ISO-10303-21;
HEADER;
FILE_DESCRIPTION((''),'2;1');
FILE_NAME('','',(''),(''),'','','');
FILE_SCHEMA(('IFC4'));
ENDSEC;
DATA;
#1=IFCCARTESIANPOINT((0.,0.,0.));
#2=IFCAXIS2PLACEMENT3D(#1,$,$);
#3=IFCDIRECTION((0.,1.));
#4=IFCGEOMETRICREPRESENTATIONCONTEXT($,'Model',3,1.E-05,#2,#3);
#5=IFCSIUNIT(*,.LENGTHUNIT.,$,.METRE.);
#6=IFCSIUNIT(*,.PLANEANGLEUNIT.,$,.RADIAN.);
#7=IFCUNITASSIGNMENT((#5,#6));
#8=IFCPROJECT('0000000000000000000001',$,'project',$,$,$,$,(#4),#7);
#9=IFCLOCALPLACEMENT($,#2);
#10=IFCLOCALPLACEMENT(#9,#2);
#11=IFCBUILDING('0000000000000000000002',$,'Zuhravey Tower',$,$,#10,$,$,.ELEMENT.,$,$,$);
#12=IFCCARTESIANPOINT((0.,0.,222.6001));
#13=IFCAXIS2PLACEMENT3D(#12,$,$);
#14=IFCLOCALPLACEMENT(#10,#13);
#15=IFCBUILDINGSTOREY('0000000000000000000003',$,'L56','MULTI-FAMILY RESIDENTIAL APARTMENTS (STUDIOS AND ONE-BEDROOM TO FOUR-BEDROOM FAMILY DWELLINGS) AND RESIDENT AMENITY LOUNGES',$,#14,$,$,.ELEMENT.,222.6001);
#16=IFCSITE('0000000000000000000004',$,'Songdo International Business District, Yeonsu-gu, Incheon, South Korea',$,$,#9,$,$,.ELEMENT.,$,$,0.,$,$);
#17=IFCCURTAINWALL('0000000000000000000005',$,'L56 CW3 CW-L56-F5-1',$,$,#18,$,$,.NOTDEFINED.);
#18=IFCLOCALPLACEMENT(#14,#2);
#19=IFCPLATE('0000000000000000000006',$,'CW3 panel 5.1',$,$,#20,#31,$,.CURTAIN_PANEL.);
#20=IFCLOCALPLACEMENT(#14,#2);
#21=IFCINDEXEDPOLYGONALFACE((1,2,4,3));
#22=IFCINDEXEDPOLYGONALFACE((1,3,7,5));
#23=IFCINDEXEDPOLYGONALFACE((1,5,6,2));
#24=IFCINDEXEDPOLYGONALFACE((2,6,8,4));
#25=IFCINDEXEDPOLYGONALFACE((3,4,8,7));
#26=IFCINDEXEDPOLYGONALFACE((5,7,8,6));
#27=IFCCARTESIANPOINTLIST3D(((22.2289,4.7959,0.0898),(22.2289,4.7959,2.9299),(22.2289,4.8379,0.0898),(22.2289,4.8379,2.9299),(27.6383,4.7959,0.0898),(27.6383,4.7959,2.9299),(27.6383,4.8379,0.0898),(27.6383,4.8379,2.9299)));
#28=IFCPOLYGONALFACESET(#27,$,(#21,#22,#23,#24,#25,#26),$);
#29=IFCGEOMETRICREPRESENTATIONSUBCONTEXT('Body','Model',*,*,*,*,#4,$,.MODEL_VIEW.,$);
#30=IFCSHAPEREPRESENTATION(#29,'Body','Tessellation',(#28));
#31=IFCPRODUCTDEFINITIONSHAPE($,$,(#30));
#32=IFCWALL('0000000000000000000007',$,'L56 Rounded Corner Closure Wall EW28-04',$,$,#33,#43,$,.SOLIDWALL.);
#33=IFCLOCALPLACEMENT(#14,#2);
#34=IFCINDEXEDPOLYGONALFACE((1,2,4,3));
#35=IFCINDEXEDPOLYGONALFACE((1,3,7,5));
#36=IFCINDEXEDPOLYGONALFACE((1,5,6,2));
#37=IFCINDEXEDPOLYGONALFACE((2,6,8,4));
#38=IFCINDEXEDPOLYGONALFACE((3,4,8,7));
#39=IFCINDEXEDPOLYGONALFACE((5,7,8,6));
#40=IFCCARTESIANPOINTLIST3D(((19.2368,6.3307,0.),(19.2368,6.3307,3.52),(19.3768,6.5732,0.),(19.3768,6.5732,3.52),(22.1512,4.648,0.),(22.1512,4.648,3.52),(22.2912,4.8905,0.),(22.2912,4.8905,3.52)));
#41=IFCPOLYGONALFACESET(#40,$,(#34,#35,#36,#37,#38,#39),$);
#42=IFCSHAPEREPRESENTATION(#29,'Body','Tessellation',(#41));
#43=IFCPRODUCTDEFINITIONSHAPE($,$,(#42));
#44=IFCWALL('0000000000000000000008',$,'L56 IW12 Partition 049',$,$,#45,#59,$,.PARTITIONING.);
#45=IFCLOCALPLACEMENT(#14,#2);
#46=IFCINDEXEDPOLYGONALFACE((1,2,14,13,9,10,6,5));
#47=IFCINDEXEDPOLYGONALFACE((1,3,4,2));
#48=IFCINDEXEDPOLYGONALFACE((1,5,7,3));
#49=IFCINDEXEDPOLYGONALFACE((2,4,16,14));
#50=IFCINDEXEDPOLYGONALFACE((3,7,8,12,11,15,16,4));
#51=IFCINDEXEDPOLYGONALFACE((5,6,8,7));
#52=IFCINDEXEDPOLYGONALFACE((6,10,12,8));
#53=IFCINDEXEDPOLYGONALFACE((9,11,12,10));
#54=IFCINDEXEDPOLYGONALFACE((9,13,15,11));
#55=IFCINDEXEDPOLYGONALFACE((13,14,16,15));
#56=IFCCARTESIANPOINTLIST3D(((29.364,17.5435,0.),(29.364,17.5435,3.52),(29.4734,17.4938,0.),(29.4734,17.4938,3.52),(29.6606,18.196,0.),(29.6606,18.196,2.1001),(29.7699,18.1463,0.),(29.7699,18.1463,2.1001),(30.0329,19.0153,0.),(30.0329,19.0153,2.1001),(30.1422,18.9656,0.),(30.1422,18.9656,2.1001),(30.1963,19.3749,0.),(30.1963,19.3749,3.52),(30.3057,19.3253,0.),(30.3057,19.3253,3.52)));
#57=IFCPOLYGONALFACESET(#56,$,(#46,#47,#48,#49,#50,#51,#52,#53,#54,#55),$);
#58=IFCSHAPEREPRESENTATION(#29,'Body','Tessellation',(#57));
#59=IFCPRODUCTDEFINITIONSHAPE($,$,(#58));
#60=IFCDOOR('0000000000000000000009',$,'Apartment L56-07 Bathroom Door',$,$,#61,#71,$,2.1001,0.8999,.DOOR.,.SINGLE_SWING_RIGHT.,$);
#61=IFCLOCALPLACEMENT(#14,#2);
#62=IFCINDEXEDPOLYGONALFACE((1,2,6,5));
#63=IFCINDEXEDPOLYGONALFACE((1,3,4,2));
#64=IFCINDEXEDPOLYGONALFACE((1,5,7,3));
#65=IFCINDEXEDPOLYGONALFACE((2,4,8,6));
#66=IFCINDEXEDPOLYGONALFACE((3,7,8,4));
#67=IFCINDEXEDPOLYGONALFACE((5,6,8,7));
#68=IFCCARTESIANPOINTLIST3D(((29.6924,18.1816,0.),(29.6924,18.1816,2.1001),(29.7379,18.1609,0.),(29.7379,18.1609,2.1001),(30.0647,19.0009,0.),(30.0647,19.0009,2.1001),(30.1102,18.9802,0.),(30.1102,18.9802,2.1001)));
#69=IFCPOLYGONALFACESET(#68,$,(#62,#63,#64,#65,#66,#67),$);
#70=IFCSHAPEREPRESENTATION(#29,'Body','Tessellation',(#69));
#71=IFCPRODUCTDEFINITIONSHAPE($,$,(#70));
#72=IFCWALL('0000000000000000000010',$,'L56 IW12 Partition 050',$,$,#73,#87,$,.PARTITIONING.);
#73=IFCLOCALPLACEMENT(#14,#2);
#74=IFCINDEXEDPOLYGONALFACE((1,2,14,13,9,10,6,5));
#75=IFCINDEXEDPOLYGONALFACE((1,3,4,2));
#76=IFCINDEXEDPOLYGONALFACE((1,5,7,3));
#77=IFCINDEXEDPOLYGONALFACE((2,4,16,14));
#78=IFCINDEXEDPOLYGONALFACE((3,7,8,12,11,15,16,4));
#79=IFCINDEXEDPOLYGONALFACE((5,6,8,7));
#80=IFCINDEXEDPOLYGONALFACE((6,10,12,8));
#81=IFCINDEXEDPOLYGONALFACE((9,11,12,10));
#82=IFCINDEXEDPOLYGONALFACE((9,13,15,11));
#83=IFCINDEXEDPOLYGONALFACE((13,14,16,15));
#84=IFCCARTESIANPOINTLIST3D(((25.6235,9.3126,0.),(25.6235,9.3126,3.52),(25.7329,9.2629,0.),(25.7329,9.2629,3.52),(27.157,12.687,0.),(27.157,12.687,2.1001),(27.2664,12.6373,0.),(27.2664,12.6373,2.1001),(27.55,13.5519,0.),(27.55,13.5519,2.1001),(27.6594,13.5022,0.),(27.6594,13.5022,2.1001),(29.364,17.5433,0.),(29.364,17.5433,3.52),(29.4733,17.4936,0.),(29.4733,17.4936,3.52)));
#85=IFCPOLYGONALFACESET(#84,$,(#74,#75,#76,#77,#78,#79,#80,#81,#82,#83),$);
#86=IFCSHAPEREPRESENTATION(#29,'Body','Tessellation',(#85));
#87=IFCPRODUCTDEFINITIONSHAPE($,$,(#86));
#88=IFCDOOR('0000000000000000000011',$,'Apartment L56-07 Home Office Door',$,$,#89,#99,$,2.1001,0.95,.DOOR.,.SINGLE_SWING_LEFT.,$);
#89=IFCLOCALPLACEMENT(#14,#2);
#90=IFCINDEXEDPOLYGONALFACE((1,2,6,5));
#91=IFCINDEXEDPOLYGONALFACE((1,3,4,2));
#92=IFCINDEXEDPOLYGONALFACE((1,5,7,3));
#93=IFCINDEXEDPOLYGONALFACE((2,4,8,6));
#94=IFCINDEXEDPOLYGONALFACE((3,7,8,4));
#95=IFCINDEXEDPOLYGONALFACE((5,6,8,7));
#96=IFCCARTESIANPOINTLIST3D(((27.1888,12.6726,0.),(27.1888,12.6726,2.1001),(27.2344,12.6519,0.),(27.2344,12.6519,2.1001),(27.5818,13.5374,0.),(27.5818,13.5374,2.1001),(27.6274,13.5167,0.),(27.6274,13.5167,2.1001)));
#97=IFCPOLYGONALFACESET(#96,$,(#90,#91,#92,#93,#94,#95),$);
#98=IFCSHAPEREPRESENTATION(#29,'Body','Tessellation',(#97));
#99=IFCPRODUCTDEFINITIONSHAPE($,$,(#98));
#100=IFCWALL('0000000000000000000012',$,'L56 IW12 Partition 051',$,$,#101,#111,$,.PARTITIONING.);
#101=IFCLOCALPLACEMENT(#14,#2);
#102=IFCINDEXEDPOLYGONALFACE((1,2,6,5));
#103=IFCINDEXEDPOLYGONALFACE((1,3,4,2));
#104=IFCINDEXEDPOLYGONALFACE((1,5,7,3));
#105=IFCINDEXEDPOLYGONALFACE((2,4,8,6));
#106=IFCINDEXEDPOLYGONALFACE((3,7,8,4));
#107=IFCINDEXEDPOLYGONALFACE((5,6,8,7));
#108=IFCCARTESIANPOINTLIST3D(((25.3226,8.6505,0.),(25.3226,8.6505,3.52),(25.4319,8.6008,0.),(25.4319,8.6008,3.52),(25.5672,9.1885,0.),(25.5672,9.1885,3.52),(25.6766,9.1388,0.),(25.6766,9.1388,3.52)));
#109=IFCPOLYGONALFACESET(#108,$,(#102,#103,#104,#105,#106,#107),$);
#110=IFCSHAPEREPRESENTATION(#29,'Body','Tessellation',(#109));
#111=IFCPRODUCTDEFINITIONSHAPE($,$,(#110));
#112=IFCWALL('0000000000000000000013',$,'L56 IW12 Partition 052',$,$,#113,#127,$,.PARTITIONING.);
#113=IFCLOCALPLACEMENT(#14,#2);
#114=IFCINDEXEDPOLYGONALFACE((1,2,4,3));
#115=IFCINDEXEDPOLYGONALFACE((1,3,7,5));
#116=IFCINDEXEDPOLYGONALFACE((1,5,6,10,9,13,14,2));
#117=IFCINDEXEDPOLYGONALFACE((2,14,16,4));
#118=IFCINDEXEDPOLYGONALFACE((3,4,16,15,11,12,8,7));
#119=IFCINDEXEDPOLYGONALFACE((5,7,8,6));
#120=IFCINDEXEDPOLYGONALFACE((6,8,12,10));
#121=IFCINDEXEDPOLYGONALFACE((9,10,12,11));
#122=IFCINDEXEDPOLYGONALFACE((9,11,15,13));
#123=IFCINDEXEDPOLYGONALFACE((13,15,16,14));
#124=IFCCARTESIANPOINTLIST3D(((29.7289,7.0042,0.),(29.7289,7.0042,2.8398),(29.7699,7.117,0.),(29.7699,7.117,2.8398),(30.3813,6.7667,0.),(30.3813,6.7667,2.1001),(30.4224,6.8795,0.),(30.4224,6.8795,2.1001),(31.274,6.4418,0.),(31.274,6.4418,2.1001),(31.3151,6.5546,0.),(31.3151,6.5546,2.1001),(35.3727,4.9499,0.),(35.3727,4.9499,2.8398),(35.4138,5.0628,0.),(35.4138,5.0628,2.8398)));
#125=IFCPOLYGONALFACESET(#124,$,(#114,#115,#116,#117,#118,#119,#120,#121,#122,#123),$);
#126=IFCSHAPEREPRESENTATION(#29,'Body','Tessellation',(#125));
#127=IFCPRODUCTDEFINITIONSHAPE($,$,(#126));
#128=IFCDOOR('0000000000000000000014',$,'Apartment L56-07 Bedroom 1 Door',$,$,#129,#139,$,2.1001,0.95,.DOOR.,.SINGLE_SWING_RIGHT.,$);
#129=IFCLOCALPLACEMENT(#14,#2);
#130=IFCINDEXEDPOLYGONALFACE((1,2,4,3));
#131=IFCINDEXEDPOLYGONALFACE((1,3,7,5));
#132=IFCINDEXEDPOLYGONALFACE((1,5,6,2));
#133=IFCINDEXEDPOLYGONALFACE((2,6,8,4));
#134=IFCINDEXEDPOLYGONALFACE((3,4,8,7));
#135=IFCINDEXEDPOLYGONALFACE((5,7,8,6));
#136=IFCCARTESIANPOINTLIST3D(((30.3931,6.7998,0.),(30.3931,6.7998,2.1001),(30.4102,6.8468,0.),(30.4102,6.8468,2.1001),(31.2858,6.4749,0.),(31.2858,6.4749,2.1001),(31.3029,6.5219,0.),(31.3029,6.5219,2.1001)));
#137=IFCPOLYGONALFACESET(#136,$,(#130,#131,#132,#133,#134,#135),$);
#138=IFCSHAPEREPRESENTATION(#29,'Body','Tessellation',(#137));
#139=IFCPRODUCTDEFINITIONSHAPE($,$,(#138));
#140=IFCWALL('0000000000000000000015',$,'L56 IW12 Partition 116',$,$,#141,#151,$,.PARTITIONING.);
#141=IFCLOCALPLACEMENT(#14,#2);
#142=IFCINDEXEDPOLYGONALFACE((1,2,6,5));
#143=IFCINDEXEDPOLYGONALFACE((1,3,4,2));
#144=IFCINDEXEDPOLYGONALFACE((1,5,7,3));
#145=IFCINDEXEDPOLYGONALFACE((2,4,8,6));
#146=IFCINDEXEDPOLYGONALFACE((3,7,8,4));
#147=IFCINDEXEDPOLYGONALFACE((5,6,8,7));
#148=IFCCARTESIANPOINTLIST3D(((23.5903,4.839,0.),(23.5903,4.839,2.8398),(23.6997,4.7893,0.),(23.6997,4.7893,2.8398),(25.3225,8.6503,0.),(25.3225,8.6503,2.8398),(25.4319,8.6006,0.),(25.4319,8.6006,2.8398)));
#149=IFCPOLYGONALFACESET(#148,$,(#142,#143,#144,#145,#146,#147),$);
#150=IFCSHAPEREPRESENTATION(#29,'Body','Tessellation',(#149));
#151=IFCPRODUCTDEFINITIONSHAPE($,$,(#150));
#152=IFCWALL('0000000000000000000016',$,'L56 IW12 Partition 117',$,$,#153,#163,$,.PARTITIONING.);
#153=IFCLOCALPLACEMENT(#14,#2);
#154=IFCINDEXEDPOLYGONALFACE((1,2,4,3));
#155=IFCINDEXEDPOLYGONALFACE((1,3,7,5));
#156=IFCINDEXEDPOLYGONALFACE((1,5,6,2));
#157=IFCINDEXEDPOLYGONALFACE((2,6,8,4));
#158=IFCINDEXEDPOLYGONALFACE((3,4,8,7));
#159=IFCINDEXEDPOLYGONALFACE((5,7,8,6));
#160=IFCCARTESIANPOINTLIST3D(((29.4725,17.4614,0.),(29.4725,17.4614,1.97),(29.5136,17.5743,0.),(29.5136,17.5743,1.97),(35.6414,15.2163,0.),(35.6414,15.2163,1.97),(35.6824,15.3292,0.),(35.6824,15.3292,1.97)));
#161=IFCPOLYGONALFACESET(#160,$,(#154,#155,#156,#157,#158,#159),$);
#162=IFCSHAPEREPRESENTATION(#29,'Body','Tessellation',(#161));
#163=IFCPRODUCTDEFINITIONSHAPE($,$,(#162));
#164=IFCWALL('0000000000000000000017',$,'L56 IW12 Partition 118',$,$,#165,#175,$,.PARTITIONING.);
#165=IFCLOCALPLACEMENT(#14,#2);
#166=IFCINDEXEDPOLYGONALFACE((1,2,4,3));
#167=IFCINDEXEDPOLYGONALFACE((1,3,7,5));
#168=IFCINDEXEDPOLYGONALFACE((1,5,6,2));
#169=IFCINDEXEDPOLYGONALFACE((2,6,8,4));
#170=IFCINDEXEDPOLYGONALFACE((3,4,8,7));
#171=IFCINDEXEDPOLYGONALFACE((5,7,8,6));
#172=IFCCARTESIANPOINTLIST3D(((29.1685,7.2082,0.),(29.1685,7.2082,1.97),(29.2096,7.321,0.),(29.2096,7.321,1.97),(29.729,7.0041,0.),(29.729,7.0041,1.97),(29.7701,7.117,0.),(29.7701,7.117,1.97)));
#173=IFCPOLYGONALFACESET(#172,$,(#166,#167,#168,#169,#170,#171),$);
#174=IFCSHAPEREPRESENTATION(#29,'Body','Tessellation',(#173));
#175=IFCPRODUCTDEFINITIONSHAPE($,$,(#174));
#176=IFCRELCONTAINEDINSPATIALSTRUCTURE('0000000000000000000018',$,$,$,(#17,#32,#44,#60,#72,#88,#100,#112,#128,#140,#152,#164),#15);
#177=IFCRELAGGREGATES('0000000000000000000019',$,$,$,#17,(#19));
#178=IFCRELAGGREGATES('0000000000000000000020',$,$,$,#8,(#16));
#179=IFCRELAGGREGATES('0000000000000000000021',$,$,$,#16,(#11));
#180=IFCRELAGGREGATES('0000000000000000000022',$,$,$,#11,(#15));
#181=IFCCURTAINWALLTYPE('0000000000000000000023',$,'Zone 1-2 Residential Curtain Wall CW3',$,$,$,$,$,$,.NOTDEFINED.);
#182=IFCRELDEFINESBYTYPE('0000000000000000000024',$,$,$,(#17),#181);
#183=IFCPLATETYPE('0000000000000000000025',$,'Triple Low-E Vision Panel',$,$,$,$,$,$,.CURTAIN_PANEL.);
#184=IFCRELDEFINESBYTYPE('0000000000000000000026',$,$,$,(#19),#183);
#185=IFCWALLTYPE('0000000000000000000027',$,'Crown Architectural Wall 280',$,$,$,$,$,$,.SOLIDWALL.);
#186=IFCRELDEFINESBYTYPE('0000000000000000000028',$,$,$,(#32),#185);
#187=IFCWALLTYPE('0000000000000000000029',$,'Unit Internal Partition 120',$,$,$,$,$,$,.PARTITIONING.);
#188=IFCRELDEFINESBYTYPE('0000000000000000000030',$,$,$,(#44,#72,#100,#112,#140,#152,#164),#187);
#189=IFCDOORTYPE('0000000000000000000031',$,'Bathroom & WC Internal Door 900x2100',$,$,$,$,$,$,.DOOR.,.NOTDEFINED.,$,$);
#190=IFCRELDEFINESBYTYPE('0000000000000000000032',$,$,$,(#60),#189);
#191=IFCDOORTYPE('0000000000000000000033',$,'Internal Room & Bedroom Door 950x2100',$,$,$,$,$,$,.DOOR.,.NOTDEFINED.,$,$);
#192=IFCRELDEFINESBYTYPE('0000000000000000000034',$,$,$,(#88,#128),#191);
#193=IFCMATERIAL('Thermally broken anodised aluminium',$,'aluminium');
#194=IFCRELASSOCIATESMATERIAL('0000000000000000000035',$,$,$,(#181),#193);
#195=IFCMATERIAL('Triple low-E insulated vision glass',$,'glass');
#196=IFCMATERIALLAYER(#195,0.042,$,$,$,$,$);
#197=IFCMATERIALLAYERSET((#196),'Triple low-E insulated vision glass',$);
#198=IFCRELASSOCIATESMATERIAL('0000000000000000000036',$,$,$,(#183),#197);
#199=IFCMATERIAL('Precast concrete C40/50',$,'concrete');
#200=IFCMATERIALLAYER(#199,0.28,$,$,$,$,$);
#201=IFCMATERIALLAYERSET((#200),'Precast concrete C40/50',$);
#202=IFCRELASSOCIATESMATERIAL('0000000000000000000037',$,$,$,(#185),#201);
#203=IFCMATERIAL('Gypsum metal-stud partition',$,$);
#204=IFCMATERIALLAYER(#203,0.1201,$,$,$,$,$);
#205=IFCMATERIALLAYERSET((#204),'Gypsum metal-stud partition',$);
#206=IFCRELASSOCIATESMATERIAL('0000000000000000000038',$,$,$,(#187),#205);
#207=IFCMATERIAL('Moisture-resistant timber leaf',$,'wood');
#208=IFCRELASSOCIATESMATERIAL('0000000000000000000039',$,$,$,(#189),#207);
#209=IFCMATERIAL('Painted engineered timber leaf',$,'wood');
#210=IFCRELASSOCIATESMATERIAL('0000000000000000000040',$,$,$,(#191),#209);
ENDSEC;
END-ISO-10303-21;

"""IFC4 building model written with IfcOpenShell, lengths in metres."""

from ifc_helpers import new_model, si_unit, direction, frame, frame_2d, origin, origin_2d, place, context, subcontext, project, spatial, rectangle, extrude, material, layer, layer_set, type_object, element, fill, aggregate, save


model = new_model("IFC4")

# Units and contexts
model_context = context("Model", 3, precision=1e-05, world=origin(), true_north=direction((0.0, 1.0)))
body_context = subcontext(model_context, "Body", "Model", "MODEL_VIEW")
ifc_project = project(units=[si_unit("LENGTHUNIT", "METRE"), si_unit("PLANEANGLEUNIT", "RADIAN")], contexts=[model_context])

# Site, building, storey
site_placement = place(None, origin())
site = spatial("IfcSite", under=ifc_project, at=site_placement, Name="Songdo International Business District, Yeonsu-gu, Incheon, South Korea", CompositionType="ELEMENT", RefElevation=0.0)
building_placement = place(site_placement, origin())
building = spatial("IfcBuilding", under=site, at=building_placement, Name="Zuhravey Tower", CompositionType="ELEMENT")
storey_placement = place(building_placement, frame((0.0, 0.0, 222.6001)))
storey = spatial("IfcBuildingStorey", under=building, at=storey_placement, Name="L56", Description="MULTI-FAMILY RESIDENTIAL APARTMENTS (STUDIOS AND ONE-BEDROOM TO FOUR-BEDROOM FAMILY DWELLINGS) AND RESIDENT AMENITY LOUNGES", CompositionType="ELEMENT", Elevation=222.6001)

# Curtain wall
ifc_material_1 = material(Name="Thermally broken anodised aluminium", Category="aluminium")
curtain_wall_type = type_object("IfcCurtainWallType", Name="Zone 1-2 Residential Curtain Wall CW3", PredefinedType="NOTDEFINED", material=ifc_material_1)
curtain_wall_placement = place(storey_placement, origin())
curtain_wall = element("IfcCurtainWall", 1, at=curtain_wall_placement, inside=storey, type_object=curtain_wall_type, Name="L56 CW3 CW-L56-F5-1", PredefinedType="NOTDEFINED")

# Plate
ifc_material_2 = material(Name="Triple low-E insulated vision glass", Category="glass")
ifc_layer_1 = layer(ifc_material_2, 0.042)
ifc_layer_set_1 = layer_set([ifc_layer_1], Name="Triple low-E insulated vision glass")
plate_type_1 = type_object("IfcPlateType", Name="Triple Low-E Vision Panel", PredefinedType="CURTAIN_PANEL", material=ifc_layer_set_1)
plate_1_placement = place(storey_placement, frame((24.9336, 4.8169, 0.0898), z_axis=(0.0, 0.0, 1.0), x_axis=(-1.0, 0.0, 0.0)))
plate_1 = element("IfcPlate", 2, at=plate_1_placement, type_object=plate_type_1, Name="CW3 panel 5.1", PredefinedType="CURTAIN_PANEL", context=body_context, shape_type="SweptSolid", body=[
    extrude(rectangle(XDim=5.4094, YDim=0.042, at=origin_2d()), origin(), (0.0, 0.0, 1.0), 2.8401),
])
aggregate(curtain_wall, [plate_1])

# Wall
ifc_material_3 = material(Name="Precast concrete C40/50", Category="concrete")
ifc_layer_2 = layer(ifc_material_3, 0.28)
ifc_layer_set_2 = layer_set([ifc_layer_2], Name="Precast concrete C40/50")
wall_type_1 = type_object("IfcWallType", Name="Crown Architectural Wall 280", PredefinedType="SOLIDWALL", material=ifc_layer_set_2)
wall_1_placement = place(storey_placement, frame((22.2212, 4.7693, 0.0), z_axis=(0.0, 0.0, 1.0), x_axis=(-0.86602, 0.500009, 0.0)))
element("IfcWall", 3, at=wall_1_placement, inside=storey, type_object=wall_type_1, Name="L56 Rounded Corner Closure Wall EW28-04", PredefinedType="SOLIDWALL", context=body_context, shape_type="SweptSolid", body=[
    extrude(rectangle(XDim=3.3652, YDim=0.28, at=frame_2d((1.6826, 0.0))), origin(), (0.0, 0.0, 1.0), 3.52),
])

# Walls, openings, doors
ifc_material_4 = material(Name="Gypsum metal-stud partition")
ifc_layer_3 = layer(ifc_material_4, 0.1201)
ifc_layer_set_3 = layer_set([ifc_layer_3], Name="Gypsum metal-stud partition")
wall_type_2 = type_object("IfcWallType", Name="Unit Internal Partition 120", PredefinedType="PARTITIONING", material=ifc_layer_set_3)
wall_2_placement = place(storey_placement, frame((30.251, 19.3501, 0.0), z_axis=(0.0, 0.0, 1.0), x_axis=(-0.413702, -0.910412, 0.0)))
wall_2 = element("IfcWall", 4, at=wall_2_placement, inside=storey, type_object=wall_type_2, Name="L56 IW12 Partition 049", PredefinedType="PARTITIONING", context=body_context, shape_type="SweptSolid", body=[
    extrude(rectangle(XDim=2.0117, YDim=0.1201, at=frame_2d((1.0059, 0.0))), origin(), (0.0, 0.0, 1.0), 3.52),
])
opening_1_placement = place(wall_2_placement, frame((0.395, 0.0, 0.0)))
opening_1 = element("IfcOpeningElement", 5, at=opening_1_placement, cuts=wall_2, PredefinedType="OPENING", context=body_context, shape_type="SweptSolid", body=[
    extrude(rectangle(XDim=0.8999, YDim=2.1001, at=frame_2d((0.45, 1.05))), frame((0.0, 0.072, 0.0), z_axis=(0.0, -1.0, 0.0), x_axis=(1.0, 0.0, 0.0)), (0.0, 0.0, 1.0), 0.144),
])
ifc_material_5 = material(Name="Moisture-resistant timber leaf", Category="wood")
door_type_1 = type_object("IfcDoorType", Name="Bathroom & WC Internal Door 900x2100", OperationType="NOTDEFINED", PredefinedType="DOOR", material=ifc_material_5)
door_1_placement = place(opening_1_placement, origin())
door_1 = element("IfcDoor", 6, at=door_1_placement, inside=storey, type_object=door_type_1, Name="Apartment L56-07 Bathroom Door", OperationType="SINGLE_SWING_RIGHT", OverallHeight=2.1001, OverallWidth=0.8999, PredefinedType="DOOR", context=body_context, shape_type="SweptSolid", body=[
    extrude(rectangle(XDim=0.8999, YDim=2.1001, at=frame_2d((0.45, 1.05))), frame((0.0, 0.0249, 0.0), z_axis=(0.0, -1.0, 0.0), x_axis=(1.0, 0.0, 0.0)), (0.0, 0.0, 1.0), 0.05),
])
fill(opening_1, door_1)
wall_3_placement = place(storey_placement, frame((29.4187, 17.5186, 0.0), z_axis=(0.0, 0.0, 1.0), x_axis=(-0.413734, -0.910398, 0.0)))
wall_3 = element("IfcWall", 7, at=wall_3_placement, inside=storey, type_object=wall_type_2, Name="L56 IW12 Partition 050", PredefinedType="PARTITIONING", context=body_context, shape_type="SweptSolid", body=[
    extrude(rectangle(XDim=9.0408, YDim=0.1201, at=frame_2d((4.5205, 0.0))), origin(), (0.0, 0.0, 1.0), 3.52),
])
opening_2_placement = place(wall_3_placement, frame((4.3843, 0.0, 0.0)))
opening_2 = element("IfcOpeningElement", 8, at=opening_2_placement, cuts=wall_3, PredefinedType="OPENING", context=body_context, shape_type="SweptSolid", body=[
    extrude(rectangle(XDim=0.95, YDim=2.1001, at=frame_2d((0.4751, 1.05))), frame((0.0, 0.072, 0.0), z_axis=(0.0, -1.0, 0.0), x_axis=(1.0, 0.0, 0.0)), (0.0, 0.0, 1.0), 0.144),
])
ifc_material_6 = material(Name="Painted engineered timber leaf", Category="wood")
door_type_2 = type_object("IfcDoorType", Name="Internal Room & Bedroom Door 950x2100", OperationType="NOTDEFINED", PredefinedType="DOOR", material=ifc_material_6)
door_2_placement = place(opening_2_placement, origin())
door_2 = element("IfcDoor", 9, at=door_2_placement, inside=storey, type_object=door_type_2, Name="Apartment L56-07 Home Office Door", OperationType="SINGLE_SWING_LEFT", OverallHeight=2.1001, OverallWidth=0.95, PredefinedType="DOOR", context=body_context, shape_type="SweptSolid", body=[
    extrude(rectangle(XDim=0.95, YDim=2.1001, at=frame_2d((0.4751, 1.05))), frame((0.0, 0.0249, 0.0), z_axis=(0.0, -1.0, 0.0), x_axis=(1.0, 0.0, 0.0)), (0.0, 0.0, 1.0), 0.05),
])
fill(opening_2, door_2)

# Wall
wall_4_placement = place(storey_placement, frame((25.6218, 9.1636, 0.0), z_axis=(0.0, 0.0, 1.0), x_axis=(-0.413865, -0.910338, 0.0)))
element("IfcWall", 10, at=wall_4_placement, inside=storey, type_object=wall_type_2, Name="L56 IW12 Partition 051", PredefinedType="PARTITIONING", context=body_context, shape_type="SweptSolid", body=[
    extrude(rectangle(XDim=0.5911, YDim=0.1201, at=frame_2d((0.2954, 0.0))), origin(), (0.0, 0.0, 1.0), 3.52),
])

# Wall, opening, door
wall_5_placement = place(storey_placement, frame((29.7495, 7.0605, 0.0), z_axis=(0.0, 0.0, 1.0), x_axis=(0.939691, -0.342024, 0.0)))
wall_5 = element("IfcWall", 11, at=wall_5_placement, inside=storey, type_object=wall_type_2, Name="L56 IW12 Partition 052", PredefinedType="PARTITIONING", context=body_context, shape_type="SweptSolid", body=[
    extrude(rectangle(XDim=6.0061, YDim=0.1201, at=frame_2d((3.0029, 0.0))), origin(), (0.0, 0.0, 1.0), 2.8398),
])
opening_3_placement = place(wall_5_placement, frame((0.6941, 0.0, 0.0)))
opening_3 = element("IfcOpeningElement", 12, at=opening_3_placement, cuts=wall_5, PredefinedType="OPENING", context=body_context, shape_type="SweptSolid", body=[
    extrude(rectangle(XDim=0.95, YDim=2.1001, at=frame_2d((0.4751, 1.05))), frame((0.0, 0.072, 0.0), z_axis=(0.0, -1.0, 0.0), x_axis=(1.0, 0.0, 0.0)), (0.0, 0.0, 1.0), 0.144),
])
door_3_placement = place(opening_3_placement, frame((0.95, 0.0, 0.0), z_axis=(0.0, 0.0, 1.0), x_axis=(-1.0, 0.0, 0.0)))
door_3 = element("IfcDoor", 13, at=door_3_placement, inside=storey, type_object=door_type_2, Name="Apartment L56-07 Bedroom 1 Door", OperationType="SINGLE_SWING_RIGHT", OverallHeight=2.1001, OverallWidth=0.95, PredefinedType="DOOR", context=body_context, shape_type="SweptSolid", body=[
    extrude(rectangle(XDim=0.95, YDim=2.1001, at=frame_2d((0.4751, 1.05))), frame((0.0, 0.0249, 0.0), z_axis=(0.0, -1.0, 0.0), x_axis=(1.0, 0.0, 0.0)), (0.0, 0.0, 1.0), 0.05),
])
fill(opening_3, door_3)

# Walls
wall_6_placement = place(storey_placement, frame((25.3772, 8.6255, 0.0), z_axis=(0.0, 0.0, 1.0), x_axis=(-0.413759, -0.910386, 0.0)))
element("IfcWall", 14, at=wall_6_placement, inside=storey, type_object=wall_type_2, Name="L56 IW12 Partition 116", PredefinedType="PARTITIONING", context=body_context, shape_type="SweptSolid", body=[
    extrude(rectangle(XDim=4.1865, YDim=0.1201, at=frame_2d((2.0933, 0.0))), origin(), (0.0, 0.0, 1.0), 2.8398),
])
wall_7_placement = place(storey_placement, frame((29.4932, 17.5178, 0.0), z_axis=(0.0, 0.0, 1.0), x_axis=(0.939702, -0.341994, 0.0)))
element("IfcWall", 15, at=wall_7_placement, inside=storey, type_object=wall_type_2, Name="L56 IW12 Partition 117", PredefinedType="PARTITIONING", context=body_context, shape_type="SweptSolid", body=[
    extrude(rectangle(XDim=6.5647, YDim=0.1201, at=frame_2d((3.2822, 0.0))), origin(), (0.0, 0.0, 1.0), 1.97),
])
wall_8_placement = place(storey_placement, frame((29.189, 7.2646, 0.0), z_axis=(0.0, 0.0, 1.0), x_axis=(0.93965, -0.342137, 0.0)))
element("IfcWall", 16, at=wall_8_placement, inside=storey, type_object=wall_type_2, Name="L56 IW12 Partition 118", PredefinedType="PARTITIONING", context=body_context, shape_type="SweptSolid", body=[
    extrude(rectangle(XDim=0.5964, YDim=0.1201, at=frame_2d((0.2983, 0.0))), origin(), (0.0, 0.0, 1.0), 1.97),
])

save(model, "model.ifc")
